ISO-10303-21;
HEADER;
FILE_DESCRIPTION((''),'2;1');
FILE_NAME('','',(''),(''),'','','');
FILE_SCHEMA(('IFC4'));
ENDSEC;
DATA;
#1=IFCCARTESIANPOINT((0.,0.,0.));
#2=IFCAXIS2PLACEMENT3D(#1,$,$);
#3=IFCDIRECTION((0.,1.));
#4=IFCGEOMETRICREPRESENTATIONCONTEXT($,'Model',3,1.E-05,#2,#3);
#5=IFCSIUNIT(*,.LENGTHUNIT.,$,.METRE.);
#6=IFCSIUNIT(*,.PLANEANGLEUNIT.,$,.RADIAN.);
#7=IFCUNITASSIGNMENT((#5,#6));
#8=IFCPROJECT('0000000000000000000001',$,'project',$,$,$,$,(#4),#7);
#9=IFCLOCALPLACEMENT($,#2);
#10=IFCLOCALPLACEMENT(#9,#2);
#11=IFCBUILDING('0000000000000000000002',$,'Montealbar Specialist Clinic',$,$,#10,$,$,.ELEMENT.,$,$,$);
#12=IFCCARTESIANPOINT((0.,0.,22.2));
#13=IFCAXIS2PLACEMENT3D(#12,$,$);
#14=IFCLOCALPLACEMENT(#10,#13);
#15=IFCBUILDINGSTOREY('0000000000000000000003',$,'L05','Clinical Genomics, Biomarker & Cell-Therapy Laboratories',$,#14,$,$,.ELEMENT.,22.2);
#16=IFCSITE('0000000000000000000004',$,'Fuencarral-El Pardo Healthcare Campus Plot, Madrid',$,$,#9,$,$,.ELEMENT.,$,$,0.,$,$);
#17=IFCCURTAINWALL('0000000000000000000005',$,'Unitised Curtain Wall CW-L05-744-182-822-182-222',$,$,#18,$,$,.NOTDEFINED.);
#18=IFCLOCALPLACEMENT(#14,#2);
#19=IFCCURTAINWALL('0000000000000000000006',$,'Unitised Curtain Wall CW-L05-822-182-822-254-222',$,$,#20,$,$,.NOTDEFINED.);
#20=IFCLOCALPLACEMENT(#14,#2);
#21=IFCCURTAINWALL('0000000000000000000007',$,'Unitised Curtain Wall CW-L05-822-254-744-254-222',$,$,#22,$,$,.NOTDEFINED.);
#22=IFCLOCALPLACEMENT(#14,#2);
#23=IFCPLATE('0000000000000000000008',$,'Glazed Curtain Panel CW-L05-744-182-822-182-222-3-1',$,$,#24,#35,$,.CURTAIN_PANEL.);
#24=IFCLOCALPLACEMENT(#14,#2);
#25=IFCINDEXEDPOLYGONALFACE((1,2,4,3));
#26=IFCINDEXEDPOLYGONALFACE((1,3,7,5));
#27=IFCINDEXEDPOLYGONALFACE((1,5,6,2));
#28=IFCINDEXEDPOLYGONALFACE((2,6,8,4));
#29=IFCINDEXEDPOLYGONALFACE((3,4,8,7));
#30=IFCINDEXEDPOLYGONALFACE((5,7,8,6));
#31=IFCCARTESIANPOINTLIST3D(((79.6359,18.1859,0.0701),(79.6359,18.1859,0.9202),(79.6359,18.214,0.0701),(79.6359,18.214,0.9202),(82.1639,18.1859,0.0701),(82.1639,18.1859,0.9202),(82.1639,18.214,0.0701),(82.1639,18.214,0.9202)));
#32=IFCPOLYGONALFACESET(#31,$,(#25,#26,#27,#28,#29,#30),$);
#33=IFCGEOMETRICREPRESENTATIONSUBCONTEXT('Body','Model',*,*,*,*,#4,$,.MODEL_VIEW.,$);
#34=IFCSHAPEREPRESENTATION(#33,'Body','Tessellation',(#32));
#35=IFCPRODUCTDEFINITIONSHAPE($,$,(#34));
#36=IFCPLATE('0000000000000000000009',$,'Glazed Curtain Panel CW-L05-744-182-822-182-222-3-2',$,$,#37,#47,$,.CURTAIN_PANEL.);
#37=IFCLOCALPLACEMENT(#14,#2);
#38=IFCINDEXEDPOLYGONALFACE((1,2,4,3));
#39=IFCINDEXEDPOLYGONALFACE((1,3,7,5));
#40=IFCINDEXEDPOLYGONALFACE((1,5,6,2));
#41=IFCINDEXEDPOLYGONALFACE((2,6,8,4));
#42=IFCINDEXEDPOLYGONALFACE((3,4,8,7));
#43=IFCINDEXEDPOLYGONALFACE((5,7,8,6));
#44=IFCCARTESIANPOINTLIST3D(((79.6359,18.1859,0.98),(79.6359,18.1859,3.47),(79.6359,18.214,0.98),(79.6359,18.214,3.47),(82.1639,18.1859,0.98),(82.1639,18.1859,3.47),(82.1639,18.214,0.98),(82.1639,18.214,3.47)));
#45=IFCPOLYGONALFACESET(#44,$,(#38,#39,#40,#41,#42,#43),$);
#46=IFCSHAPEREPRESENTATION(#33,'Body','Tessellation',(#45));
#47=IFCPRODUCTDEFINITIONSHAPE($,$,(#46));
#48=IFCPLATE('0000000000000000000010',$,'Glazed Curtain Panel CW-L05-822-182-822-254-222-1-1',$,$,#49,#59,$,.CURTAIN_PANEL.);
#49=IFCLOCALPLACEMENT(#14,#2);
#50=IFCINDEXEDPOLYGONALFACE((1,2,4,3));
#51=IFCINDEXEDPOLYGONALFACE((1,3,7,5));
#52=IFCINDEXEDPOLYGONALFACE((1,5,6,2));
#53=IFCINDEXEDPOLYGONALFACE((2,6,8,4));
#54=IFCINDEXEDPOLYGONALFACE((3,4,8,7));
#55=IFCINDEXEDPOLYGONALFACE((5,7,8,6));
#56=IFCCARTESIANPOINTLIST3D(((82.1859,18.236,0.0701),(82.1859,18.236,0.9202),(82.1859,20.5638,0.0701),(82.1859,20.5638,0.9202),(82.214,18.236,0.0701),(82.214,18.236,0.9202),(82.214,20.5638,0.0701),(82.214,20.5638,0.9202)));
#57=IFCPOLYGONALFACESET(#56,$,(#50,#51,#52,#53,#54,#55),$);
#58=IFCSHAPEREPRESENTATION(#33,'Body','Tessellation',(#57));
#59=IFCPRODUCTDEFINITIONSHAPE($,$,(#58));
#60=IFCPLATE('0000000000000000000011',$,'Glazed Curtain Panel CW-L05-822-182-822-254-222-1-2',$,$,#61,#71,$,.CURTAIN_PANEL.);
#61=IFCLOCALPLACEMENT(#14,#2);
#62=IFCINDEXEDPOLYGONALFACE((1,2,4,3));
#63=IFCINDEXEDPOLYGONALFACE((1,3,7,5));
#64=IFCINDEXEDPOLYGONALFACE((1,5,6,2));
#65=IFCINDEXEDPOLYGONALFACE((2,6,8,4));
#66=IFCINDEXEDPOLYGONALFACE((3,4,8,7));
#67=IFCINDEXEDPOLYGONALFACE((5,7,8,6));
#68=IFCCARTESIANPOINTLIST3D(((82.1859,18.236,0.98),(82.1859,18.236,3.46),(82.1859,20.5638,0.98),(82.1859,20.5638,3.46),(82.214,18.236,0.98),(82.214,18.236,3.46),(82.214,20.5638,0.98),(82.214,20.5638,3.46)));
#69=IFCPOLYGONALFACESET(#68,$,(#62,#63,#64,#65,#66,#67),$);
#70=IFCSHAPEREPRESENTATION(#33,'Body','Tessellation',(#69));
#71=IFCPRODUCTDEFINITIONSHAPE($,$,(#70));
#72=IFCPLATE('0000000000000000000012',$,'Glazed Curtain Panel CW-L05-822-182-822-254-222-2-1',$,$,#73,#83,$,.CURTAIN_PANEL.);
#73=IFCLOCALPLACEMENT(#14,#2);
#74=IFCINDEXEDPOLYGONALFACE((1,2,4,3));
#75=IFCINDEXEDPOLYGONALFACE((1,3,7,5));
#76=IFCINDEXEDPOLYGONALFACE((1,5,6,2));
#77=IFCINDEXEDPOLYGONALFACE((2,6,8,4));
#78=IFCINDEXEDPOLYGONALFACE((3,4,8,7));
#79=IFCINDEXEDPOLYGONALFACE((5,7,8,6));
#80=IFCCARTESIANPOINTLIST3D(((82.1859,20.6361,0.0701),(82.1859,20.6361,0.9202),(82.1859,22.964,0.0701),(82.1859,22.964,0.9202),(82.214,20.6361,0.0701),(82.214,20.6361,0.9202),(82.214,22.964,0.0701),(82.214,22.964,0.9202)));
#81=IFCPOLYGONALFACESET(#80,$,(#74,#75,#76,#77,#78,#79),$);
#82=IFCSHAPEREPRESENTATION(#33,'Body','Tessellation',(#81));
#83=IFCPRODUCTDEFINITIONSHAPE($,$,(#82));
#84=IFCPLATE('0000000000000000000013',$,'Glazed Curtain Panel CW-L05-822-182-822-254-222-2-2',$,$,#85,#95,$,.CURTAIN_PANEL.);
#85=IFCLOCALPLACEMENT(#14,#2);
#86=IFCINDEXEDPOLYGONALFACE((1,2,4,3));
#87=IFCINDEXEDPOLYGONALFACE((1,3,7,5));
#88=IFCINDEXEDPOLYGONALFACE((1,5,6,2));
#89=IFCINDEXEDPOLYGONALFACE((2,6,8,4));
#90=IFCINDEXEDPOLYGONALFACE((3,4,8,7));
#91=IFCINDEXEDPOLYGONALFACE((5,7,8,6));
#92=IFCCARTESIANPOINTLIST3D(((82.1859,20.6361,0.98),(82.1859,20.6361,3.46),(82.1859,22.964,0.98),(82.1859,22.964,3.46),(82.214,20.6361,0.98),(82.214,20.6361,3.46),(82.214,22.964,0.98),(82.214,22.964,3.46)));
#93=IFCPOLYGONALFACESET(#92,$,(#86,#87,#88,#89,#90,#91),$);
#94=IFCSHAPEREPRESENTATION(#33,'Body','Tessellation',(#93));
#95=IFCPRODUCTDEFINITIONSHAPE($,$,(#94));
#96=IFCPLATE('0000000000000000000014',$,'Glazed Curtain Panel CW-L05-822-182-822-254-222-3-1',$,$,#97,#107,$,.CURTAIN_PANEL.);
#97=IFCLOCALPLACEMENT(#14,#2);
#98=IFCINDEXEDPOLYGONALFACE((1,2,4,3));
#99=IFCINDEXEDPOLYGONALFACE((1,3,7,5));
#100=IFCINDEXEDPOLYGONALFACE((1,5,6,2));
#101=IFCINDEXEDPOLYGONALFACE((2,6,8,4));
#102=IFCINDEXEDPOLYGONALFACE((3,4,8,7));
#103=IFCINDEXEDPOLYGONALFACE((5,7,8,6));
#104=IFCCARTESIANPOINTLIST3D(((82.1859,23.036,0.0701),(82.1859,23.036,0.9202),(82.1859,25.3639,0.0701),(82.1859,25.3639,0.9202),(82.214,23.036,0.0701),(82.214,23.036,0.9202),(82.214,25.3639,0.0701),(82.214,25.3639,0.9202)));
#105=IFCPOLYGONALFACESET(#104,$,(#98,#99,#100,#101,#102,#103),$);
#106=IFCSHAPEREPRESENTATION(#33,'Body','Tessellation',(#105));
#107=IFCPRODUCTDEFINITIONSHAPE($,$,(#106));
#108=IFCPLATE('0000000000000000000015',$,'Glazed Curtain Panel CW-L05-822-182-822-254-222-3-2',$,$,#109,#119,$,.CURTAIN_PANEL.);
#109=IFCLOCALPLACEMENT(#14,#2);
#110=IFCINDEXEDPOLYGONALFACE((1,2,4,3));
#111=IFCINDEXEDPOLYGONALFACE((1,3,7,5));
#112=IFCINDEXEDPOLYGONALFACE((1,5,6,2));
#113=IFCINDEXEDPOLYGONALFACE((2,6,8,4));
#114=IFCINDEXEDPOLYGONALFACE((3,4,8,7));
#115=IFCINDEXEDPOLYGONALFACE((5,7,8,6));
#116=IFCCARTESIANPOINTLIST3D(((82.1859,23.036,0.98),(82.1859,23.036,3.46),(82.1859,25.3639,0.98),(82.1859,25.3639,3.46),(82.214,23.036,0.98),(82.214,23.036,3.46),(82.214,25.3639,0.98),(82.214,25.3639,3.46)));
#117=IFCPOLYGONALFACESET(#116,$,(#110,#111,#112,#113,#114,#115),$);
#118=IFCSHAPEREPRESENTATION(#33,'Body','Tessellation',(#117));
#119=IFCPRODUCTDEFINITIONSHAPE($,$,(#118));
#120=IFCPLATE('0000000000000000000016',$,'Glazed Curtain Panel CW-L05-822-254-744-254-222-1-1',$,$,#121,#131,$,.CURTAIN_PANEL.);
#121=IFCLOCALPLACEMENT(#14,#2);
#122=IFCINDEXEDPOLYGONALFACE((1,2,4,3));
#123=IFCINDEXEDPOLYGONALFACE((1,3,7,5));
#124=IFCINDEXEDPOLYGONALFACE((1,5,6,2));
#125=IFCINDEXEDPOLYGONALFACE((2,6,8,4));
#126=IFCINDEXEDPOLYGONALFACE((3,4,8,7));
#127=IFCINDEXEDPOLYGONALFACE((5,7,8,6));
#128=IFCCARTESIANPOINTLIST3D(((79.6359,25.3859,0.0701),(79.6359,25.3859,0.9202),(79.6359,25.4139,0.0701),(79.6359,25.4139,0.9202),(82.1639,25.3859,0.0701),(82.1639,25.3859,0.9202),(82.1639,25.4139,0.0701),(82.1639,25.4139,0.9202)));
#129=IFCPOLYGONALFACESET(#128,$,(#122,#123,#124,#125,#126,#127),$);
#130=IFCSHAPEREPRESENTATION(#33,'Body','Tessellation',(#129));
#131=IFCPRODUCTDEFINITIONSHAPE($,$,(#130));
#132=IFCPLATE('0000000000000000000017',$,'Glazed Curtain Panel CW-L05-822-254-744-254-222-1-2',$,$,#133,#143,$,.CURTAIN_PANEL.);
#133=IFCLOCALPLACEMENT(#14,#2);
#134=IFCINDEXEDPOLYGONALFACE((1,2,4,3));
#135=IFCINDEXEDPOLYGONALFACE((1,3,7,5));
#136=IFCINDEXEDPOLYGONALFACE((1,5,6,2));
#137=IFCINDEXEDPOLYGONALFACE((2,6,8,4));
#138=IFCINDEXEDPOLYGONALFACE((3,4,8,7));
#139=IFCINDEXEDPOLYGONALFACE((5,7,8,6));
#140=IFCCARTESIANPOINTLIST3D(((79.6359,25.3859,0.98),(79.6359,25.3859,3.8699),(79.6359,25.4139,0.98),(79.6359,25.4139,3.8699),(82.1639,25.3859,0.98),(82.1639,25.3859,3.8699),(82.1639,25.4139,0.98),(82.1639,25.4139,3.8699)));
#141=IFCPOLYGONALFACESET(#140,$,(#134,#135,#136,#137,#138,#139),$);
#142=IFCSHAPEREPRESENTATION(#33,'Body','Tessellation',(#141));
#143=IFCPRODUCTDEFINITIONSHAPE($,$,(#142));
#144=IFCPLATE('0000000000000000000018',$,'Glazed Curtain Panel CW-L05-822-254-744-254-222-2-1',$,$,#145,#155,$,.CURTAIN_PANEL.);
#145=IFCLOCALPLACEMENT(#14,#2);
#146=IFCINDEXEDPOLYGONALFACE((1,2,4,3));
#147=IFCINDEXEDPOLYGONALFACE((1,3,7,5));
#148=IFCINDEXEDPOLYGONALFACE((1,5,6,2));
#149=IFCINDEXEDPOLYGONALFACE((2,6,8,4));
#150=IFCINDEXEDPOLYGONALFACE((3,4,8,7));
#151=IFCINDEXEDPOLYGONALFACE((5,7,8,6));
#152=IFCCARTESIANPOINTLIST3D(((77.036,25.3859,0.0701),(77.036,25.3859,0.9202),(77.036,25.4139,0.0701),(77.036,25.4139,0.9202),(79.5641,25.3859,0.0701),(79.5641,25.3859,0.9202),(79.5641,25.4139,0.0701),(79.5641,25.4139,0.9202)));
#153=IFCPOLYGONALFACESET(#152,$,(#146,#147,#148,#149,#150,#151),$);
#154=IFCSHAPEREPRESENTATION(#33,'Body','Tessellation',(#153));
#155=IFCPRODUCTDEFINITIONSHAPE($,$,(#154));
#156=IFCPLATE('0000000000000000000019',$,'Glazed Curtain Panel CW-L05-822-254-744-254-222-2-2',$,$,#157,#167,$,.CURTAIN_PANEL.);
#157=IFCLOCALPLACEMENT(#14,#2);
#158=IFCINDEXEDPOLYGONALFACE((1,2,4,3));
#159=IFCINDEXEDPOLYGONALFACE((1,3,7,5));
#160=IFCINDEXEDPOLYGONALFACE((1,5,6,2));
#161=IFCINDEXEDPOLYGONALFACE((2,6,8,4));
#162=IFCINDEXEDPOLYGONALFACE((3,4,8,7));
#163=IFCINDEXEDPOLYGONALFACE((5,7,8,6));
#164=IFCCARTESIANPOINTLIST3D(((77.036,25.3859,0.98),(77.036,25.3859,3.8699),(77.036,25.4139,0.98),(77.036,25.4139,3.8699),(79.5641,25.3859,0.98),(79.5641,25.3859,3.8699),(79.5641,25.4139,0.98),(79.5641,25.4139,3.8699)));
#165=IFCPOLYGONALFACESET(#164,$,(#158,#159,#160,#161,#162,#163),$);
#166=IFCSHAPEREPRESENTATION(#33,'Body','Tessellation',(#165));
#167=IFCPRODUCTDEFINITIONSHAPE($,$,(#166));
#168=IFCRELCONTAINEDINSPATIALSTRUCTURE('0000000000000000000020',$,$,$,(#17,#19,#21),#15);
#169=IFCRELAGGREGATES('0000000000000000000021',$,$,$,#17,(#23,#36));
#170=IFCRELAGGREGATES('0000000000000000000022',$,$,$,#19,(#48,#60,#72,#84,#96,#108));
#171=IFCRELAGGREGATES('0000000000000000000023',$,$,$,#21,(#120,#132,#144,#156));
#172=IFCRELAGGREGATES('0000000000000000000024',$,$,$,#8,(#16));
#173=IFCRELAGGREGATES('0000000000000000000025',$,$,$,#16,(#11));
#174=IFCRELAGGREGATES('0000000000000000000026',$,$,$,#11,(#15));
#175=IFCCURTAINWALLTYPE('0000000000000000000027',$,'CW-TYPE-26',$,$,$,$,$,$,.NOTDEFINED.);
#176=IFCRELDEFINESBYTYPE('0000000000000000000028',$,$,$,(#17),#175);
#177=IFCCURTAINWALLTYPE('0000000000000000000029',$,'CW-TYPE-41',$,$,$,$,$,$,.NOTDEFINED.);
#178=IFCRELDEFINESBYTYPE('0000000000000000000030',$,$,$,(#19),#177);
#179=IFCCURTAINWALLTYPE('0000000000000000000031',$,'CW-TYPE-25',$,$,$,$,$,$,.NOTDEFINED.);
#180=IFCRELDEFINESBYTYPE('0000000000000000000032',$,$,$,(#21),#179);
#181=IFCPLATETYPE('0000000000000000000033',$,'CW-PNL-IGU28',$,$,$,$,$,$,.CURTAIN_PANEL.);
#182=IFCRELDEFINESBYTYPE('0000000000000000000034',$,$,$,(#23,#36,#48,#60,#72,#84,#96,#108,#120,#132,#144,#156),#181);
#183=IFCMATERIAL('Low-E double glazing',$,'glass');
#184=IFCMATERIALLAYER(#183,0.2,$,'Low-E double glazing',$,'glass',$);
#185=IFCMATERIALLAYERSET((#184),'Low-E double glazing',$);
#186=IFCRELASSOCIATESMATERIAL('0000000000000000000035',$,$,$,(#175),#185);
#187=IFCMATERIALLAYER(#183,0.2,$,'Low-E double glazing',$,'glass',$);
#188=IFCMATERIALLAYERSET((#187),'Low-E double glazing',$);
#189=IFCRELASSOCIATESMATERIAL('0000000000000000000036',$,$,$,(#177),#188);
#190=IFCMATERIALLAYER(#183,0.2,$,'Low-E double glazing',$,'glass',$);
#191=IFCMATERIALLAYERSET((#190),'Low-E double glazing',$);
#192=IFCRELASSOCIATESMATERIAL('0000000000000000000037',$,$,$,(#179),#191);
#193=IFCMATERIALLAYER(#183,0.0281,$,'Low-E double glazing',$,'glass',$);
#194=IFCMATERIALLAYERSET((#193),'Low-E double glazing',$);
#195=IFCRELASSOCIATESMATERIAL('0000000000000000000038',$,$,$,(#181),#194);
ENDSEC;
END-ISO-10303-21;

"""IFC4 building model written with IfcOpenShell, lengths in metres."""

from ifc_helpers import new_model, si_unit, direction, frame, origin, origin_2d, place, context, subcontext, project, spatial, rectangle, extrude, material, layer, layer_set, type_object, element, aggregate, save


model = new_model("IFC4")

# Units and contexts
model_context = context("Model", 3, precision=1e-05, world=origin(), true_north=direction((0.0, 1.0)))
body_context = subcontext(model_context, "Body", "Model", "MODEL_VIEW")
ifc_project = project(units=[si_unit("LENGTHUNIT", "METRE"), si_unit("PLANEANGLEUNIT", "RADIAN")], contexts=[model_context])

# Site, building, storey
site_placement = place(None, origin())
site = spatial("IfcSite", under=ifc_project, at=site_placement, Name="Fuencarral-El Pardo Healthcare Campus Plot, Madrid", CompositionType="ELEMENT", RefElevation=0.0)
building_placement = place(site_placement, origin())
building = spatial("IfcBuilding", under=site, at=building_placement, Name="Montealbar Specialist Clinic", CompositionType="ELEMENT")
storey_placement = place(building_placement, frame((0.0, 0.0, 22.2)))
storey = spatial("IfcBuildingStorey", under=building, at=storey_placement, Name="L05", Description="Clinical Genomics, Biomarker & Cell-Therapy Laboratories", CompositionType="ELEMENT", Elevation=22.2)

# Curtain walls
ifc_material_1 = material(Name="Low-E double glazing", Category="glass")
ifc_layer_1 = layer(ifc_material_1, 0.2, Name="Low-E double glazing", Category="glass")
ifc_layer_set_1 = layer_set([ifc_layer_1], Name="Low-E double glazing")
curtain_wall_type_1 = type_object("IfcCurtainWallType", Name="CW-TYPE-26", PredefinedType="NOTDEFINED", material=ifc_layer_set_1)
curtain_wall_1_placement = place(storey_placement, origin())
curtain_wall_1 = element("IfcCurtainWall", 1, at=curtain_wall_1_placement, inside=storey, type_object=curtain_wall_type_1, Name="Unitised Curtain Wall CW-L05-744-182-822-182-222", PredefinedType="NOTDEFINED")
ifc_layer_2 = layer(ifc_material_1, 0.2, Name="Low-E double glazing", Category="glass")
ifc_layer_set_2 = layer_set([ifc_layer_2], Name="Low-E double glazing")
curtain_wall_type_2 = type_object("IfcCurtainWallType", Name="CW-TYPE-41", PredefinedType="NOTDEFINED", material=ifc_layer_set_2)
curtain_wall_2_placement = place(storey_placement, origin())
curtain_wall_2 = element("IfcCurtainWall", 2, at=curtain_wall_2_placement, inside=storey, type_object=curtain_wall_type_2, Name="Unitised Curtain Wall CW-L05-822-182-822-254-222", PredefinedType="NOTDEFINED")
ifc_layer_3 = layer(ifc_material_1, 0.2, Name="Low-E double glazing", Category="glass")
ifc_layer_set_3 = layer_set([ifc_layer_3], Name="Low-E double glazing")
curtain_wall_type_3 = type_object("IfcCurtainWallType", Name="CW-TYPE-25", PredefinedType="NOTDEFINED", material=ifc_layer_set_3)
curtain_wall_3_placement = place(storey_placement, origin())
curtain_wall_3 = element("IfcCurtainWall", 3, at=curtain_wall_3_placement, inside=storey, type_object=curtain_wall_type_3, Name="Unitised Curtain Wall CW-L05-822-254-744-254-222", PredefinedType="NOTDEFINED")

# Plates
ifc_layer_4 = layer(ifc_material_1, 0.0281, Name="Low-E double glazing", Category="glass")
ifc_layer_set_4 = layer_set([ifc_layer_4], Name="Low-E double glazing")
plate_type = type_object("IfcPlateType", Name="CW-PNL-IGU28", PredefinedType="CURTAIN_PANEL", material=ifc_layer_set_4)
plate_1_placement = place(storey_placement, frame((80.8999, 18.2, 0.0701), z_axis=(0.0, 0.0, 1.0), x_axis=(1.0, 0.0, 0.0)))
plate_1 = element("IfcPlate", 4, at=plate_1_placement, type_object=plate_type, Name="Glazed Curtain Panel CW-L05-744-182-822-182-222-3-1", PredefinedType="CURTAIN_PANEL", context=body_context, shape_type="SweptSolid", body=[
    extrude(rectangle(XDim=2.5281, YDim=0.0281, at=origin_2d()), origin(), (0.0, 0.0, 1.0), 0.8501),
])
plate_2_placement = place(storey_placement, frame((80.8999, 18.2, 0.98), z_axis=(0.0, 0.0, 1.0), x_axis=(1.0, 0.0, 0.0)))
plate_2 = element("IfcPlate", 5, at=plate_2_placement, type_object=plate_type, Name="Glazed Curtain Panel CW-L05-744-182-822-182-222-3-2", PredefinedType="CURTAIN_PANEL", context=body_context, shape_type="SweptSolid", body=[
    extrude(rectangle(XDim=2.5281, YDim=0.0281, at=origin_2d()), origin(), (0.0, 0.0, 1.0), 2.49),
])
aggregate(curtain_wall_1, [plate_1, plate_2])
plate_3_placement = place(storey_placement, frame((82.2, 19.3999, 0.0701), z_axis=(0.0, 0.0, 1.0), x_axis=(0.0, 1.0, 0.0)))
plate_3 = element("IfcPlate", 6, at=plate_3_placement, type_object=plate_type, Name="Glazed Curtain Panel CW-L05-822-182-822-254-222-1-1", PredefinedType="CURTAIN_PANEL", context=body_context, shape_type="SweptSolid", body=[
    extrude(rectangle(XDim=2.3279, YDim=0.0281, at=origin_2d()), origin(), (0.0, 0.0, 1.0), 0.8501),
])
plate_4_placement = place(storey_placement, frame((82.2, 19.3999, 0.98), z_axis=(0.0, 0.0, 1.0), x_axis=(0.0, 1.0, 0.0)))
plate_4 = element("IfcPlate", 7, at=plate_4_placement, type_object=plate_type, Name="Glazed Curtain Panel CW-L05-822-182-822-254-222-1-2", PredefinedType="CURTAIN_PANEL", context=body_context, shape_type="SweptSolid", body=[
    extrude(rectangle(XDim=2.3279, YDim=0.0281, at=origin_2d()), origin(), (0.0, 0.0, 1.0), 2.48),
])
plate_5_placement = place(storey_placement, frame((82.2, 21.8, 0.0701), z_axis=(0.0, 0.0, 1.0), x_axis=(0.0, 1.0, 0.0)))
plate_5 = element("IfcPlate", 8, at=plate_5_placement, type_object=plate_type, Name="Glazed Curtain Panel CW-L05-822-182-822-254-222-2-1", PredefinedType="CURTAIN_PANEL", context=body_context, shape_type="SweptSolid", body=[
    extrude(rectangle(XDim=2.3279, YDim=0.0281, at=origin_2d()), origin(), (0.0, 0.0, 1.0), 0.8501),
])
plate_6_placement = place(storey_placement, frame((82.2, 21.8, 0.98), z_axis=(0.0, 0.0, 1.0), x_axis=(0.0, 1.0, 0.0)))
plate_6 = element("IfcPlate", 9, at=plate_6_placement, type_object=plate_type, Name="Glazed Curtain Panel CW-L05-822-182-822-254-222-2-2", PredefinedType="CURTAIN_PANEL", context=body_context, shape_type="SweptSolid", body=[
    extrude(rectangle(XDim=2.3279, YDim=0.0281, at=origin_2d()), origin(), (0.0, 0.0, 1.0), 2.48),
])
plate_7_placement = place(storey_placement, frame((82.2, 24.2, 0.0701), z_axis=(0.0, 0.0, 1.0), x_axis=(0.0, 1.0, 0.0)))
plate_7 = element("IfcPlate", 10, at=plate_7_placement, type_object=plate_type, Name="Glazed Curtain Panel CW-L05-822-182-822-254-222-3-1", PredefinedType="CURTAIN_PANEL", context=body_context, shape_type="SweptSolid", body=[
    extrude(rectangle(XDim=2.3279, YDim=0.0281, at=origin_2d()), origin(), (0.0, 0.0, 1.0), 0.8501),
])
plate_8_placement = place(storey_placement, frame((82.2, 24.2, 0.98), z_axis=(0.0, 0.0, 1.0), x_axis=(0.0, 1.0, 0.0)))
plate_8 = element("IfcPlate", 11, at=plate_8_placement, type_object=plate_type, Name="Glazed Curtain Panel CW-L05-822-182-822-254-222-3-2", PredefinedType="CURTAIN_PANEL", context=body_context, shape_type="SweptSolid", body=[
    extrude(rectangle(XDim=2.3279, YDim=0.0281, at=origin_2d()), origin(), (0.0, 0.0, 1.0), 2.48),
])
aggregate(curtain_wall_2, [plate_3, plate_4, plate_5, plate_6, plate_7, plate_8])
plate_9_placement = place(storey_placement, frame((80.8999, 25.3999, 0.0701), z_axis=(0.0, 0.0, 1.0), x_axis=(-1.0, 0.0, 0.0)))
plate_9 = element("IfcPlate", 12, at=plate_9_placement, type_object=plate_type, Name="Glazed Curtain Panel CW-L05-822-254-744-254-222-1-1", PredefinedType="CURTAIN_PANEL", context=body_context, shape_type="SweptSolid", body=[
    extrude(rectangle(XDim=2.5281, YDim=0.0281, at=origin_2d()), origin(), (0.0, 0.0, 1.0), 0.8501),
])
plate_10_placement = place(storey_placement, frame((80.8999, 25.3999, 0.98), z_axis=(0.0, 0.0, 1.0), x_axis=(-1.0, 0.0, 0.0)))
plate_10 = element("IfcPlate", 13, at=plate_10_placement, type_object=plate_type, Name="Glazed Curtain Panel CW-L05-822-254-744-254-222-1-2", PredefinedType="CURTAIN_PANEL", context=body_context, shape_type="SweptSolid", body=[
    extrude(rectangle(XDim=2.5281, YDim=0.0281, at=origin_2d()), origin(), (0.0, 0.0, 1.0), 2.8899),
])
plate_11_placement = place(storey_placement, frame((78.3, 25.3999, 0.0701), z_axis=(0.0, 0.0, 1.0), x_axis=(-1.0, 0.0, 0.0)))
plate_11 = element("IfcPlate", 14, at=plate_11_placement, type_object=plate_type, Name="Glazed Curtain Panel CW-L05-822-254-744-254-222-2-1", PredefinedType="CURTAIN_PANEL", context=body_context, shape_type="SweptSolid", body=[
    extrude(rectangle(XDim=2.5281, YDim=0.0281, at=origin_2d()), origin(), (0.0, 0.0, 1.0), 0.8501),
])
plate_12_placement = place(storey_placement, frame((78.3, 25.3999, 0.98), z_axis=(0.0, 0.0, 1.0), x_axis=(-1.0, 0.0, 0.0)))
plate_12 = element("IfcPlate", 15, at=plate_12_placement, type_object=plate_type, Name="Glazed Curtain Panel CW-L05-822-254-744-254-222-2-2", PredefinedType="CURTAIN_PANEL", context=body_context, shape_type="SweptSolid", body=[
    extrude(rectangle(XDim=2.5281, YDim=0.0281, at=origin_2d()), origin(), (0.0, 0.0, 1.0), 2.8899),
])
aggregate(curtain_wall_3, [plate_9, plate_10, plate_11, plate_12])

save(model, "model.ifc")
